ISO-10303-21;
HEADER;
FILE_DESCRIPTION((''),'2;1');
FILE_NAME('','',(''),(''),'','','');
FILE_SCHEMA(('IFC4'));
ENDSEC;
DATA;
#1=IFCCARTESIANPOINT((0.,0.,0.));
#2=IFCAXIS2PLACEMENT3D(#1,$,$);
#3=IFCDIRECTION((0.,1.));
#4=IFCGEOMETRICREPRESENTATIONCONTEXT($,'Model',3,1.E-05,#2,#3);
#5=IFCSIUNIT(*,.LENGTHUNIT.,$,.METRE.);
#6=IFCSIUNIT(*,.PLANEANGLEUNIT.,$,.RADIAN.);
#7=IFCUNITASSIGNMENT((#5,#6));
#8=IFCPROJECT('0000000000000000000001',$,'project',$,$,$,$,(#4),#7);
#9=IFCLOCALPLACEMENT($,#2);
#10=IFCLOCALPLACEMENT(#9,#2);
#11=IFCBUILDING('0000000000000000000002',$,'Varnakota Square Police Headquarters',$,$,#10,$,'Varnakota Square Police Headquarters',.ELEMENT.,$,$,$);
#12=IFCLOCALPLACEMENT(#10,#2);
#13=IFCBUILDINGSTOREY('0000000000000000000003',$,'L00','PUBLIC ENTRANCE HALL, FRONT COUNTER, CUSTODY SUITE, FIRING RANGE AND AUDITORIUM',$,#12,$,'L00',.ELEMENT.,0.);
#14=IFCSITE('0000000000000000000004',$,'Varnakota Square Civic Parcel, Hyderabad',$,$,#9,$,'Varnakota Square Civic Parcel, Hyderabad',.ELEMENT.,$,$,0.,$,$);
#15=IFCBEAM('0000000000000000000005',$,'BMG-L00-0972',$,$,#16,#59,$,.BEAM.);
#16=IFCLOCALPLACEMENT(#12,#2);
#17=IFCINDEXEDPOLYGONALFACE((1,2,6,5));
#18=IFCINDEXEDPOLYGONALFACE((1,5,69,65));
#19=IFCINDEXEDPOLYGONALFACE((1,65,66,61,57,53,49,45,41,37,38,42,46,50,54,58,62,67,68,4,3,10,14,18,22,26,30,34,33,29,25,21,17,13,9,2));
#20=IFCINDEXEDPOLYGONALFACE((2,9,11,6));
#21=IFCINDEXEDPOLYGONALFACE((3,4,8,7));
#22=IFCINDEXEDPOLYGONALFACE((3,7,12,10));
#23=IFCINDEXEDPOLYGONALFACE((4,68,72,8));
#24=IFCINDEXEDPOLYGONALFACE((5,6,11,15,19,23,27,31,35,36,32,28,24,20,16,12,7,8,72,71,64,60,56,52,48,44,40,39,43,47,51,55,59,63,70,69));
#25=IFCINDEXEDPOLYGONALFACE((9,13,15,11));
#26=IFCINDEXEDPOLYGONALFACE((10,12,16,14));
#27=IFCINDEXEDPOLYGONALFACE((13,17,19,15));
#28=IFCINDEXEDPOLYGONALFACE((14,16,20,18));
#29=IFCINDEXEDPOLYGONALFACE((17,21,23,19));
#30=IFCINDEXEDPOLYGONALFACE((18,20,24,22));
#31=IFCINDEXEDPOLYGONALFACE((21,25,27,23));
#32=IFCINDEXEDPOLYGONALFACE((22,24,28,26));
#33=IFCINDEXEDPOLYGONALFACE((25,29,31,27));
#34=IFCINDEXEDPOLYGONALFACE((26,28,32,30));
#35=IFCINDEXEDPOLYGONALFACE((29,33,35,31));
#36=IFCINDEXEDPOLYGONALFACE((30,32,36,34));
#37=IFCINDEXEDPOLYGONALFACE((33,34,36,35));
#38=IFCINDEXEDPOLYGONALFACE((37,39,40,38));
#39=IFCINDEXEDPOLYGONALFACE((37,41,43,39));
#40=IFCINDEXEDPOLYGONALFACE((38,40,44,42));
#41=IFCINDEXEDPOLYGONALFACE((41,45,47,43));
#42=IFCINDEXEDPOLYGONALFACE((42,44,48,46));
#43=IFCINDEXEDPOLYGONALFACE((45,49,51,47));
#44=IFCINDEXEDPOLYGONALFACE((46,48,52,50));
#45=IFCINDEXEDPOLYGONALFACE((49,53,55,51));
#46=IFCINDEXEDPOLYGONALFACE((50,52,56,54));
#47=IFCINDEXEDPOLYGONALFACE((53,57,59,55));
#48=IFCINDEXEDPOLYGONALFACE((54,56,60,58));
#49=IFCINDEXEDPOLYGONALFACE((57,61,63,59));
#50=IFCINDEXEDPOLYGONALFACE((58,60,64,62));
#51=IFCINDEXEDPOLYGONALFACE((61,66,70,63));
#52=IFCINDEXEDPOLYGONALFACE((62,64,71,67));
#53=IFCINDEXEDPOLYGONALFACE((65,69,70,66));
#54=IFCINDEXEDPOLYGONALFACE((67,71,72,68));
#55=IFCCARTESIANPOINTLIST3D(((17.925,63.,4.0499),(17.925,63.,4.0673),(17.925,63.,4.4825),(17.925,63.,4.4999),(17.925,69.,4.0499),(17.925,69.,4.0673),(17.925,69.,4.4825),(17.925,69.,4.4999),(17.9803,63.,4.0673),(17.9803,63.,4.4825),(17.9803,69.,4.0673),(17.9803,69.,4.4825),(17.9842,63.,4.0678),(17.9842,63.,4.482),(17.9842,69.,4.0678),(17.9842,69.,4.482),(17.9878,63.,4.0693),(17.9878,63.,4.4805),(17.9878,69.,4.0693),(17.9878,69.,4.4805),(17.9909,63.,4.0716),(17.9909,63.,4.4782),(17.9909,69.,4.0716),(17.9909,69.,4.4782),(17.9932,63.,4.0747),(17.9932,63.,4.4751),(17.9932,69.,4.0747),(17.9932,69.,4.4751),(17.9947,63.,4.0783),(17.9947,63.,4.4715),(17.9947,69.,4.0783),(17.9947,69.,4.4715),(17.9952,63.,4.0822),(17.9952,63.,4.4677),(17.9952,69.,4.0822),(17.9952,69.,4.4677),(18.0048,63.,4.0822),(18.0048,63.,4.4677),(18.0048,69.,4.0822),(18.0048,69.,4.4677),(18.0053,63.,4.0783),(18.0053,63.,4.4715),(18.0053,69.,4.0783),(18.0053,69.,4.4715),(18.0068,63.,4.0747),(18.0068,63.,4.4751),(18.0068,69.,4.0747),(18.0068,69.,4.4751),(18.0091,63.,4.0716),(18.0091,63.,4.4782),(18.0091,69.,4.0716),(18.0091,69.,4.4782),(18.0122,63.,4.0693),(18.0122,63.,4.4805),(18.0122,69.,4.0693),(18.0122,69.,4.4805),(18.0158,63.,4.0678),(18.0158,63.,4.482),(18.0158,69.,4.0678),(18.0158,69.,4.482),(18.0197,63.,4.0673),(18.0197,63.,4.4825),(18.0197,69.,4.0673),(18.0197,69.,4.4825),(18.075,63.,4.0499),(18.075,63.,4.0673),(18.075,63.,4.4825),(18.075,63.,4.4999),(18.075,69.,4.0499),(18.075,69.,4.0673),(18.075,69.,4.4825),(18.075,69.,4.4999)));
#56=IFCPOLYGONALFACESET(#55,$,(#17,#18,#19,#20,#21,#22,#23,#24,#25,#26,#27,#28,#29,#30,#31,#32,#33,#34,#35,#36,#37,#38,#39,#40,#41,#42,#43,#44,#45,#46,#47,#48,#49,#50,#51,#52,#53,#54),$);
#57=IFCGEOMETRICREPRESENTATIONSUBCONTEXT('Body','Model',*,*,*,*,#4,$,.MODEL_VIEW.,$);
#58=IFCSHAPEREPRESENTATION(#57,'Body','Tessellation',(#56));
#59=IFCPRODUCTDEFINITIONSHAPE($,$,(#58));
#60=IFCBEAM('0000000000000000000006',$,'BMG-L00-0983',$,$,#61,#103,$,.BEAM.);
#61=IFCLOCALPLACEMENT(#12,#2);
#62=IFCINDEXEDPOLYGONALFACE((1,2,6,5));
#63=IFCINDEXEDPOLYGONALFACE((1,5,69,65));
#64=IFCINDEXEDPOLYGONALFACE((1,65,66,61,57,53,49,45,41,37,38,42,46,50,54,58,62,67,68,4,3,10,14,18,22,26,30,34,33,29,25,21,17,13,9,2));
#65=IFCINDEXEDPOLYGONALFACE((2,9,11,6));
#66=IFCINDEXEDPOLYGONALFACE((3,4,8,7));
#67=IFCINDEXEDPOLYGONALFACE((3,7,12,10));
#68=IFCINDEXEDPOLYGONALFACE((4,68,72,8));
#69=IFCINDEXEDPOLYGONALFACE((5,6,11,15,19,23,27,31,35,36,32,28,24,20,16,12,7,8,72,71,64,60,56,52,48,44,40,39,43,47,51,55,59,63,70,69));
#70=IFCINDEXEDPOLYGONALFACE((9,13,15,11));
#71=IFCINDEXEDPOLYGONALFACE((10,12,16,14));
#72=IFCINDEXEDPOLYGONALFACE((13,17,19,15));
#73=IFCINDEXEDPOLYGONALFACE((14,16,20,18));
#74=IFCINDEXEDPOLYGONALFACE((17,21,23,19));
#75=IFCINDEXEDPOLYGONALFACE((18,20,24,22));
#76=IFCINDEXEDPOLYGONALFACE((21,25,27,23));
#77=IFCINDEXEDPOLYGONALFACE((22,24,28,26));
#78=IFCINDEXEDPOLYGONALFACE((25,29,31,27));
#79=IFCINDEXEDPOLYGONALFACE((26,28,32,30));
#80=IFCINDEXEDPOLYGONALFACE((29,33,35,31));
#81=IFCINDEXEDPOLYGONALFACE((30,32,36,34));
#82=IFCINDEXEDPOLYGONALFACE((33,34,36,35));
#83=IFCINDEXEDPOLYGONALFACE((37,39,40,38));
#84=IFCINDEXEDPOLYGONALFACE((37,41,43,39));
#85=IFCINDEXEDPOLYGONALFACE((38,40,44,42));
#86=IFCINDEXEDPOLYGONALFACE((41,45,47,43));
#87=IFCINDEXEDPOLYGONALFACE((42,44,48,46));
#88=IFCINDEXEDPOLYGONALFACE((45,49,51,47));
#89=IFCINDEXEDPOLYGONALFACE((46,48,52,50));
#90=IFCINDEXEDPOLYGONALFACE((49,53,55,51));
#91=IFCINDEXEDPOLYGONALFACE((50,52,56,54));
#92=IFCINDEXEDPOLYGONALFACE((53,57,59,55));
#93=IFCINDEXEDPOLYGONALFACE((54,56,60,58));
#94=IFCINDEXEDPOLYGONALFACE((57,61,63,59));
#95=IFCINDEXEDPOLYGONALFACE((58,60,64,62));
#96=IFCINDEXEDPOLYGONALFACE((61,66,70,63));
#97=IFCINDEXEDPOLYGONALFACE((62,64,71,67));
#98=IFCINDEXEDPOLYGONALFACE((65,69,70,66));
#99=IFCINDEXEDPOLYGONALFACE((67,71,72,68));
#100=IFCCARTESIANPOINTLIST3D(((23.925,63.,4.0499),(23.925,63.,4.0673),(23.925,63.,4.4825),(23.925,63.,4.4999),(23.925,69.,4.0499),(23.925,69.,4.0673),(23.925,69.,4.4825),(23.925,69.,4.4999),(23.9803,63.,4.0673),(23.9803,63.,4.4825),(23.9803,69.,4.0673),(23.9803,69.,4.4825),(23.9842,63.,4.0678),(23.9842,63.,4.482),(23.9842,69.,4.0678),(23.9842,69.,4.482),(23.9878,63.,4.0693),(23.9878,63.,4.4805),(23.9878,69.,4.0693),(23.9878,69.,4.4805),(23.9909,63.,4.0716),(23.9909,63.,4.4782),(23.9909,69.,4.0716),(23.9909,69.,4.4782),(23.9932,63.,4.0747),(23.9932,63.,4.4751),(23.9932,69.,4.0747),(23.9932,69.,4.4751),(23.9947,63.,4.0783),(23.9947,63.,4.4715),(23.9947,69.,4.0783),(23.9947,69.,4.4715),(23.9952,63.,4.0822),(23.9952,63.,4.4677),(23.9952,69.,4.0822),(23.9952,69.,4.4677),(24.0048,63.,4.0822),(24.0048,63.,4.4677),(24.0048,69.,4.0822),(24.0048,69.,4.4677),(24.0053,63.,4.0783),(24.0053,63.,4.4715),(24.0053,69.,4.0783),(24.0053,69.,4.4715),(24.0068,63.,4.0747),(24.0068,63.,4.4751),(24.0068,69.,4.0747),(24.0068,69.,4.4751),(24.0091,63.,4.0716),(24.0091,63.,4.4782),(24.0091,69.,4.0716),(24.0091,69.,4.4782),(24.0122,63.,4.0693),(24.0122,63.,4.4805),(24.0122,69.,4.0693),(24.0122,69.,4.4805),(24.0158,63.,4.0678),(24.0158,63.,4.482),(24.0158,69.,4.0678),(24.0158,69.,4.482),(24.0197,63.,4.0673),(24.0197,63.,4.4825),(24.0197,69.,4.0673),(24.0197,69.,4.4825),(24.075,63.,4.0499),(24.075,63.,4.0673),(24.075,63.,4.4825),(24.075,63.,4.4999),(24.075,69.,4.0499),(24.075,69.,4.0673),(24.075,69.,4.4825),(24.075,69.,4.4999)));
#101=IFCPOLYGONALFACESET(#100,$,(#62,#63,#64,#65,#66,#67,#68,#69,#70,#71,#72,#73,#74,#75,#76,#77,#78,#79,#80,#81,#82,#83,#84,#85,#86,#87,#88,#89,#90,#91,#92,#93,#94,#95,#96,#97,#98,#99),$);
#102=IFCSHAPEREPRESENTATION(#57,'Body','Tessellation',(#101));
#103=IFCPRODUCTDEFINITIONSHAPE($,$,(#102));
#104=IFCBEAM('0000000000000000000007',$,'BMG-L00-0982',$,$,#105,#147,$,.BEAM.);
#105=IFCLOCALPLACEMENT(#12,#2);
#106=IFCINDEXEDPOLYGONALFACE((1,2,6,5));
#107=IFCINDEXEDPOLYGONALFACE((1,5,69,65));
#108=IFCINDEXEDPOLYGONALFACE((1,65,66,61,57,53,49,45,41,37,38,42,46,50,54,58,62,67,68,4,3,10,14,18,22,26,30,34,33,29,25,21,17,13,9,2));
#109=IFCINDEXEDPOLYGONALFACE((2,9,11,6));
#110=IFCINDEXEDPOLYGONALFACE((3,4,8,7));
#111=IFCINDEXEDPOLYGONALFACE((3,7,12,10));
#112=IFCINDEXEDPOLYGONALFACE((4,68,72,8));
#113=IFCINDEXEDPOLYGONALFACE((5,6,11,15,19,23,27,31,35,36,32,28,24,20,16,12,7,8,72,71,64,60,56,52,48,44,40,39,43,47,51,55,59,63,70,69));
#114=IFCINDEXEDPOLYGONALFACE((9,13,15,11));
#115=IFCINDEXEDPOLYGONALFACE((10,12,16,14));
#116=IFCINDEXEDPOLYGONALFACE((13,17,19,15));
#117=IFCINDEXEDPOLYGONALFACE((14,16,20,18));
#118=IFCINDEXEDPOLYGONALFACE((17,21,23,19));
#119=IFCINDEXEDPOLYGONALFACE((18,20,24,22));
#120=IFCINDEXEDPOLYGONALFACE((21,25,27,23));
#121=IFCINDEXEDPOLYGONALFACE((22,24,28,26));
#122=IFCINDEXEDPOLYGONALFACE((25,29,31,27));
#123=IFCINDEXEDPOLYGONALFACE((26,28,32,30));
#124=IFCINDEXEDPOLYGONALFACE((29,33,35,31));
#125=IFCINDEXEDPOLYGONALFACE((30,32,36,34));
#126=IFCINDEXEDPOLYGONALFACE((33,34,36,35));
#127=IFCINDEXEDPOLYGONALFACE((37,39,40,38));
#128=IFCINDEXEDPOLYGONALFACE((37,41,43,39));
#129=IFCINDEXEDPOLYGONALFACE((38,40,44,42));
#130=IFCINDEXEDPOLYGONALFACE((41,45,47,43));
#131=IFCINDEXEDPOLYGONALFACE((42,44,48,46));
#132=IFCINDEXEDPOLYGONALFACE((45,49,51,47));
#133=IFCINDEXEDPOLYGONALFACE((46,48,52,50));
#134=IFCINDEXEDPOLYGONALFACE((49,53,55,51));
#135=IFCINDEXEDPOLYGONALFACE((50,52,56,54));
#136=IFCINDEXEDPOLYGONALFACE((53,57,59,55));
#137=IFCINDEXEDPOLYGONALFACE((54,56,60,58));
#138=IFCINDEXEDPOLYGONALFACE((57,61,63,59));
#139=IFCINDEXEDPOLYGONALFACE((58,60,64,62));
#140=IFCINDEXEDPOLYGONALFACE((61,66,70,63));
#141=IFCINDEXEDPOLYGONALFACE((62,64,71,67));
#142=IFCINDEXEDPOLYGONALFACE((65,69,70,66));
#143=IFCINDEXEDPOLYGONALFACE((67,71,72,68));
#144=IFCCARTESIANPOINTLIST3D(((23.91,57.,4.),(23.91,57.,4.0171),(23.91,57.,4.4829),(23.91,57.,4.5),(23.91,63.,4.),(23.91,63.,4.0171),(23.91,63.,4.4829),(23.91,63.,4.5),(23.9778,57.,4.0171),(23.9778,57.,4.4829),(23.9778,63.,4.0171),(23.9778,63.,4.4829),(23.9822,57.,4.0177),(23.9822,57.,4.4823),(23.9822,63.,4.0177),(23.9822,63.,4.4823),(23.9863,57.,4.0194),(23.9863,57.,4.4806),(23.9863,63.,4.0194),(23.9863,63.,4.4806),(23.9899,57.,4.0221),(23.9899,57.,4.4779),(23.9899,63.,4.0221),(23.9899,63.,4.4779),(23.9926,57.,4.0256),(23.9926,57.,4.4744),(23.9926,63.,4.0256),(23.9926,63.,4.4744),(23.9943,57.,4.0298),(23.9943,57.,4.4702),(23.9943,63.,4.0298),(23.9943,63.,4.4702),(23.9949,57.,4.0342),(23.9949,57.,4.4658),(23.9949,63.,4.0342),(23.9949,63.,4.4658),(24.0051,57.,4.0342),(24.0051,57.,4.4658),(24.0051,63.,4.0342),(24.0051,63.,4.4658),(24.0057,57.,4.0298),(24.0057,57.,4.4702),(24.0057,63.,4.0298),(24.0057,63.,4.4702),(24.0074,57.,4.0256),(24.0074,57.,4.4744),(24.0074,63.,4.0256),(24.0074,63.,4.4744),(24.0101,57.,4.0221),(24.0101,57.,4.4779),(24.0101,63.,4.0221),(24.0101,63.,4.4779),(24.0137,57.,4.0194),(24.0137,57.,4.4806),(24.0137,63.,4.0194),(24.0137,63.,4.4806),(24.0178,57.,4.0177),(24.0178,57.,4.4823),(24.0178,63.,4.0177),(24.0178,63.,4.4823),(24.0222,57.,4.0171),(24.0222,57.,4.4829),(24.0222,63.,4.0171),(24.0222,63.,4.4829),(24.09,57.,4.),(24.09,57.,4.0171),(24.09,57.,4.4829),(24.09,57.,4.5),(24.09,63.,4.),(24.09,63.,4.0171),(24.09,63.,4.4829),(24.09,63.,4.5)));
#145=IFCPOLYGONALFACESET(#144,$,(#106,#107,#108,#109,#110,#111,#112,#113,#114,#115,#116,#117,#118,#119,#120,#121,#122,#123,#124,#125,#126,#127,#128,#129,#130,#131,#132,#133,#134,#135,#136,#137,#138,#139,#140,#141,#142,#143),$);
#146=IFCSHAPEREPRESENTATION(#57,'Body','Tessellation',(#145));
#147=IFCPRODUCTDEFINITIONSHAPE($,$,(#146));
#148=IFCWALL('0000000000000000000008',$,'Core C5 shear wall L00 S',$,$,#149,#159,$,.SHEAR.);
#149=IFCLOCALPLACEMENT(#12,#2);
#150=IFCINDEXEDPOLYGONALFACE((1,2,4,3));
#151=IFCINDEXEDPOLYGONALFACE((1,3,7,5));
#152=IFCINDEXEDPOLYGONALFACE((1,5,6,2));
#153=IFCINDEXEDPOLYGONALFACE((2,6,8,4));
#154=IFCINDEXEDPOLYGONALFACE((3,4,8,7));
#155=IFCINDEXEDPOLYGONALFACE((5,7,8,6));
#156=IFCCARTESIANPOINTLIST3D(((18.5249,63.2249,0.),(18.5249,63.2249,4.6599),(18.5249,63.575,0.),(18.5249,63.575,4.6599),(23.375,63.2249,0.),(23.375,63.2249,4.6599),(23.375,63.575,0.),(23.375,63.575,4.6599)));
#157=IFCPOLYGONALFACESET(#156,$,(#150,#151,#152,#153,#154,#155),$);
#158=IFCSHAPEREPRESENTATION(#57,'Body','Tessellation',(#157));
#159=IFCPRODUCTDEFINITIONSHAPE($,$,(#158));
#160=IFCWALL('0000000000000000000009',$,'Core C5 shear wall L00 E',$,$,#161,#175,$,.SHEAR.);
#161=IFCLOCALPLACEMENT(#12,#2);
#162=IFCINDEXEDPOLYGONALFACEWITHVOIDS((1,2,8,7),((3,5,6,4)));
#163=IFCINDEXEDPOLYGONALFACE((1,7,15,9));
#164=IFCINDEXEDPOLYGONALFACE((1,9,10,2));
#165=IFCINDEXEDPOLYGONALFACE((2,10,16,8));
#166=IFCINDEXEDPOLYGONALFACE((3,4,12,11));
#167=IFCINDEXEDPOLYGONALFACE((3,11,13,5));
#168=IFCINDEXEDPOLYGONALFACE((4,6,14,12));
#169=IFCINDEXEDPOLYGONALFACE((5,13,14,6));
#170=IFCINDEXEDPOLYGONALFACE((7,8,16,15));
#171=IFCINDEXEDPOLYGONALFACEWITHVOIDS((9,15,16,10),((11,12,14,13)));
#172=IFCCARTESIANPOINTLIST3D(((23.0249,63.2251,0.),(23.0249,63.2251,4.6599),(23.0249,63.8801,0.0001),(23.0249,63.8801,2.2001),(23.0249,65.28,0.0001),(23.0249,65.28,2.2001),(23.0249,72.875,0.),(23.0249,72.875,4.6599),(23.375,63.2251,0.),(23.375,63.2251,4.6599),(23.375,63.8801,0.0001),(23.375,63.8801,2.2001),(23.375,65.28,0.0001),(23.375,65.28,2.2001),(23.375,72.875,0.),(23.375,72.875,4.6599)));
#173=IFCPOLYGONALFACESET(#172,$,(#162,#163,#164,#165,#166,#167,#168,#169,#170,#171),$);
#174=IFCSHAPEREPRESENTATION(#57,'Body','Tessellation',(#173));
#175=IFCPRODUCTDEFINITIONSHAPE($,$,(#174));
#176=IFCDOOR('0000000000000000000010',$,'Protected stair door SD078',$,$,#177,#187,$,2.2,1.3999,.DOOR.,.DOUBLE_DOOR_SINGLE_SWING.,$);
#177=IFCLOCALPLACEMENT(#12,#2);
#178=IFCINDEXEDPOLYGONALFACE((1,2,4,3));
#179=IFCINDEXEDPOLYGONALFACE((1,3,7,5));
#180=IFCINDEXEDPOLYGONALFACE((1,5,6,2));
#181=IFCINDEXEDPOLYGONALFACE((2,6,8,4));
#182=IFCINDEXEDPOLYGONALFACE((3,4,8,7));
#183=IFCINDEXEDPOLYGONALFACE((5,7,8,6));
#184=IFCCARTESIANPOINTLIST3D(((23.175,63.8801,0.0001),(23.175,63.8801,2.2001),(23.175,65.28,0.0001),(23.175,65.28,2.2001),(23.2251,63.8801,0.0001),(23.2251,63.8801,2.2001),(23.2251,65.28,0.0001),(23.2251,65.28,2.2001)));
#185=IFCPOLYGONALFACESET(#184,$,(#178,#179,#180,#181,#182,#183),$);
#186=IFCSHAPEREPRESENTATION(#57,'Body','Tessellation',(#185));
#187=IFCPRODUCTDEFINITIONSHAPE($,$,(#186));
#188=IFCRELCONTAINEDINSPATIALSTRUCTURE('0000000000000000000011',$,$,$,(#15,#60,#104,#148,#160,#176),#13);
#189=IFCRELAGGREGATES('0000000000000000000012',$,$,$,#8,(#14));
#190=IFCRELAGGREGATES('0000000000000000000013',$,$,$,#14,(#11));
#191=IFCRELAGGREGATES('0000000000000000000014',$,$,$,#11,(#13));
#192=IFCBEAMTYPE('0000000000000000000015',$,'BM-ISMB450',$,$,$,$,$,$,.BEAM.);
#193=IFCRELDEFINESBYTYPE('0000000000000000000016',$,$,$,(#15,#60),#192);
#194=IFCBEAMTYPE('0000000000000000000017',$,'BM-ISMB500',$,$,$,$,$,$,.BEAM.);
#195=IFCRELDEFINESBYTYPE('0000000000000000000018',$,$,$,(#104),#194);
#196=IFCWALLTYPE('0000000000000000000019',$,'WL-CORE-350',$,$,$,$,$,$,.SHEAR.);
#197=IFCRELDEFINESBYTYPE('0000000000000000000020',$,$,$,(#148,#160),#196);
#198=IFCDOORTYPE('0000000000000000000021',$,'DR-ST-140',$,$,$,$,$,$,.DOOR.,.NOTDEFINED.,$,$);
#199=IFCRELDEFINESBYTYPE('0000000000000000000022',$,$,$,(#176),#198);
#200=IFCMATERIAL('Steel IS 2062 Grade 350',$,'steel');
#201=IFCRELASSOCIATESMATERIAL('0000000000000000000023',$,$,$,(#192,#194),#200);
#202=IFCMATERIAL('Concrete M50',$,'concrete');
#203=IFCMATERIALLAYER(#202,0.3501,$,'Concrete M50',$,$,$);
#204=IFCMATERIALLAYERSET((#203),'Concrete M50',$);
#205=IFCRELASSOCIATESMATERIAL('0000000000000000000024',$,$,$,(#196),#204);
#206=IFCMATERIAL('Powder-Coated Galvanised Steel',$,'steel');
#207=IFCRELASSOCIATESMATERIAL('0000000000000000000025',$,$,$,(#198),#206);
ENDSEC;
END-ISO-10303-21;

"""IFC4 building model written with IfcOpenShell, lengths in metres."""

from ifc_helpers import new_model, si_unit, direction, frame, frame_2d, origin, origin_2d, place, context, subcontext, project, spatial, rectangle, i_section, extrude, material, layer, layer_set, material_profile, profile_set, type_object, element, fill, save


model = new_model("IFC4")

# Units and contexts
model_context = context("Model", 3, precision=1e-05, world=origin(), true_north=direction((0.0, 1.0)))
body_context = subcontext(model_context, "Body", "Model", "MODEL_VIEW")
ifc_project = project(units=[si_unit("LENGTHUNIT", "METRE"), si_unit("PLANEANGLEUNIT", "RADIAN")], contexts=[model_context])

# Site, building, storey
site_placement = place(None, origin())
site = spatial("IfcSite", under=ifc_project, at=site_placement, Name="Varnakota Square Civic Parcel, Hyderabad", LongName="Varnakota Square Civic Parcel, Hyderabad", CompositionType="ELEMENT", RefElevation=0.0)
building_placement = place(site_placement, origin())
building = spatial("IfcBuilding", under=site, at=building_placement, Name="Varnakota Square Police Headquarters", LongName="Varnakota Square Police Headquarters", CompositionType="ELEMENT")
storey_placement = place(building_placement, origin())
storey = spatial("IfcBuildingStorey", under=building, at=storey_placement, Name="L00", Description="PUBLIC ENTRANCE HALL, FRONT COUNTER, CUSTODY SUITE, FIRING RANGE AND AUDITORIUM", LongName="L00", CompositionType="ELEMENT", Elevation=0.0)

# Shared definitions
ifc_material_1 = material(Name="Concrete M50", Category="concrete")

# Beams
ifc_material_2 = material(Name="Steel IS 2062 Grade 350", Category="steel")
ifc_material_profile_1 = material_profile(ifc_material_2, i_section(OverallWidth=0.1499, OverallDepth=0.45, WebThickness=0.0095, FlangeThickness=0.0173, FilletRadius=0.0149, at=origin_2d()), Name="ISMB 450")
ifc_profile_set_1 = profile_set([ifc_material_profile_1], Name="Steel IS 2062 Grade 350")
beam_type_1 = type_object("IfcBeamType", Name="BM-ISMB450", PredefinedType="BEAM", material=ifc_profile_set_1)
for number, where, z_axis, x_axis, name in (
    (1, (18.0, 63.0, 4.2749), (0.0, 1.0, 0.0), (-1.0, 0.0, 0.0), "BMG-L00-0972"),
    (2, (24.0, 63.0, 4.2749), (0.0, 1.0, 0.0), (-1.0, 0.0, 0.0), "BMG-L00-0983"),
):
    element("IfcBeam", number, at=place(storey_placement, frame(where, z_axis=z_axis, x_axis=x_axis)), inside=storey, type_object=beam_type_1, Name=name, PredefinedType="BEAM", context=body_context, shape_type="SweptSolid", body=[
        extrude(i_section(OverallWidth=0.1499, OverallDepth=0.45, WebThickness=0.0095, FlangeThickness=0.0173, FilletRadius=0.0149, at=origin_2d()), origin(), (0.0, 0.0, 1.0), 6.0),
    ])
ifc_material_profile_2 = material_profile(ifc_material_2, i_section(OverallWidth=0.1799, OverallDepth=0.5, WebThickness=0.0103, FlangeThickness=0.0171, FilletRadius=0.0171, at=origin_2d()), Name="ISMB 500")
ifc_profile_set_2 = profile_set([ifc_material_profile_2], Name="Steel IS 2062 Grade 350")
beam_type_2 = type_object("IfcBeamType", Name="BM-ISMB500", PredefinedType="BEAM", material=ifc_profile_set_2)
beam_1_placement = place(storey_placement, frame((24.0, 57.0, 4.25), z_axis=(0.0, 1.0, 0.0), x_axis=(-1.0, 0.0, 0.0)))
element("IfcBeam", 3, at=beam_1_placement, inside=storey, type_object=beam_type_2, Name="BMG-L00-0982", PredefinedType="BEAM", context=body_context, shape_type="SweptSolid", body=[
    extrude(i_section(OverallWidth=0.1799, OverallDepth=0.5, WebThickness=0.0103, FlangeThickness=0.0171, FilletRadius=0.0171, at=origin_2d()), origin(), (0.0, 0.0, 1.0), 6.0),
])

# Wall
ifc_layer_1 = layer(ifc_material_1, 0.3501, Name="Concrete M50")
ifc_layer_set_1 = layer_set([ifc_layer_1], Name="Concrete M50")
wall_type_1 = type_object("IfcWallType", Name="WL-CORE-350", PredefinedType="SHEAR", material=ifc_layer_set_1)
wall_1_placement = place(storey_placement, frame((18.5249, 63.3999, 0.0), z_axis=(0.0, 0.0, 1.0), x_axis=(1.0, 0.0, 0.0)))
element("IfcWall", 4, at=wall_1_placement, inside=storey, type_object=wall_type_1, Name="Core C5 shear wall L00 S", PredefinedType="SHEAR", context=body_context, shape_type="SweptSolid", body=[
    extrude(rectangle(XDim=4.8501, YDim=0.3501, at=frame_2d((2.425, 0.0))), origin(), (0.0, 0.0, 1.0), 4.6599),
])

# Wall, opening, door
wall_2_placement = place(storey_placement, frame((23.2, 63.2251, 0.0), z_axis=(0.0, 0.0, 1.0), x_axis=(0.0, 1.0, 0.0)))
wall_2 = element("IfcWall", 5, at=wall_2_placement, inside=storey, type_object=wall_type_1, Name="Core C5 shear wall L00 E", PredefinedType="SHEAR", context=body_context, shape_type="SweptSolid", body=[
    extrude(rectangle(XDim=9.6499, YDim=0.3501, at=frame_2d((4.825, 0.0))), origin(), (0.0, 0.0, 1.0), 4.6599),
])
opening_1_placement = place(wall_2_placement, frame((0.655, 0.0, 0.0)))
opening_1 = element("IfcOpeningElement", 6, at=opening_1_placement, cuts=wall_2, PredefinedType="OPENING", context=body_context, shape_type="SweptSolid", body=[
    extrude(rectangle(XDim=1.3999, YDim=2.2, at=frame_2d((0.7, 1.1001))), frame((0.0, 0.1851, 0.0), z_axis=(0.0, -1.0, 0.0), x_axis=(1.0, 0.0, 0.0)), (0.0, 0.0, 1.0), 0.3701),
])
ifc_material_3 = material(Name="Powder-Coated Galvanised Steel", Category="steel")
door_type_1 = type_object("IfcDoorType", Name="DR-ST-140", OperationType="NOTDEFINED", PredefinedType="DOOR", material=ifc_material_3)
door_1_placement = place(opening_1_placement, origin())
door_1 = element("IfcDoor", 7, at=door_1_placement, inside=storey, type_object=door_type_1, Name="Protected stair door SD078", OperationType="DOUBLE_DOOR_SINGLE_SWING", OverallHeight=2.2, OverallWidth=1.3999, PredefinedType="DOOR", context=body_context, shape_type="SweptSolid", body=[
    extrude(rectangle(XDim=1.3999, YDim=2.2, at=frame_2d((0.7, 1.1001))), frame((0.0, 0.0249, 0.0), z_axis=(0.0, -1.0, 0.0), x_axis=(1.0, 0.0, 0.0)), (0.0, 0.0, 1.0), 0.05),
])
fill(opening_1, door_1)

save(model, "model.ifc")
